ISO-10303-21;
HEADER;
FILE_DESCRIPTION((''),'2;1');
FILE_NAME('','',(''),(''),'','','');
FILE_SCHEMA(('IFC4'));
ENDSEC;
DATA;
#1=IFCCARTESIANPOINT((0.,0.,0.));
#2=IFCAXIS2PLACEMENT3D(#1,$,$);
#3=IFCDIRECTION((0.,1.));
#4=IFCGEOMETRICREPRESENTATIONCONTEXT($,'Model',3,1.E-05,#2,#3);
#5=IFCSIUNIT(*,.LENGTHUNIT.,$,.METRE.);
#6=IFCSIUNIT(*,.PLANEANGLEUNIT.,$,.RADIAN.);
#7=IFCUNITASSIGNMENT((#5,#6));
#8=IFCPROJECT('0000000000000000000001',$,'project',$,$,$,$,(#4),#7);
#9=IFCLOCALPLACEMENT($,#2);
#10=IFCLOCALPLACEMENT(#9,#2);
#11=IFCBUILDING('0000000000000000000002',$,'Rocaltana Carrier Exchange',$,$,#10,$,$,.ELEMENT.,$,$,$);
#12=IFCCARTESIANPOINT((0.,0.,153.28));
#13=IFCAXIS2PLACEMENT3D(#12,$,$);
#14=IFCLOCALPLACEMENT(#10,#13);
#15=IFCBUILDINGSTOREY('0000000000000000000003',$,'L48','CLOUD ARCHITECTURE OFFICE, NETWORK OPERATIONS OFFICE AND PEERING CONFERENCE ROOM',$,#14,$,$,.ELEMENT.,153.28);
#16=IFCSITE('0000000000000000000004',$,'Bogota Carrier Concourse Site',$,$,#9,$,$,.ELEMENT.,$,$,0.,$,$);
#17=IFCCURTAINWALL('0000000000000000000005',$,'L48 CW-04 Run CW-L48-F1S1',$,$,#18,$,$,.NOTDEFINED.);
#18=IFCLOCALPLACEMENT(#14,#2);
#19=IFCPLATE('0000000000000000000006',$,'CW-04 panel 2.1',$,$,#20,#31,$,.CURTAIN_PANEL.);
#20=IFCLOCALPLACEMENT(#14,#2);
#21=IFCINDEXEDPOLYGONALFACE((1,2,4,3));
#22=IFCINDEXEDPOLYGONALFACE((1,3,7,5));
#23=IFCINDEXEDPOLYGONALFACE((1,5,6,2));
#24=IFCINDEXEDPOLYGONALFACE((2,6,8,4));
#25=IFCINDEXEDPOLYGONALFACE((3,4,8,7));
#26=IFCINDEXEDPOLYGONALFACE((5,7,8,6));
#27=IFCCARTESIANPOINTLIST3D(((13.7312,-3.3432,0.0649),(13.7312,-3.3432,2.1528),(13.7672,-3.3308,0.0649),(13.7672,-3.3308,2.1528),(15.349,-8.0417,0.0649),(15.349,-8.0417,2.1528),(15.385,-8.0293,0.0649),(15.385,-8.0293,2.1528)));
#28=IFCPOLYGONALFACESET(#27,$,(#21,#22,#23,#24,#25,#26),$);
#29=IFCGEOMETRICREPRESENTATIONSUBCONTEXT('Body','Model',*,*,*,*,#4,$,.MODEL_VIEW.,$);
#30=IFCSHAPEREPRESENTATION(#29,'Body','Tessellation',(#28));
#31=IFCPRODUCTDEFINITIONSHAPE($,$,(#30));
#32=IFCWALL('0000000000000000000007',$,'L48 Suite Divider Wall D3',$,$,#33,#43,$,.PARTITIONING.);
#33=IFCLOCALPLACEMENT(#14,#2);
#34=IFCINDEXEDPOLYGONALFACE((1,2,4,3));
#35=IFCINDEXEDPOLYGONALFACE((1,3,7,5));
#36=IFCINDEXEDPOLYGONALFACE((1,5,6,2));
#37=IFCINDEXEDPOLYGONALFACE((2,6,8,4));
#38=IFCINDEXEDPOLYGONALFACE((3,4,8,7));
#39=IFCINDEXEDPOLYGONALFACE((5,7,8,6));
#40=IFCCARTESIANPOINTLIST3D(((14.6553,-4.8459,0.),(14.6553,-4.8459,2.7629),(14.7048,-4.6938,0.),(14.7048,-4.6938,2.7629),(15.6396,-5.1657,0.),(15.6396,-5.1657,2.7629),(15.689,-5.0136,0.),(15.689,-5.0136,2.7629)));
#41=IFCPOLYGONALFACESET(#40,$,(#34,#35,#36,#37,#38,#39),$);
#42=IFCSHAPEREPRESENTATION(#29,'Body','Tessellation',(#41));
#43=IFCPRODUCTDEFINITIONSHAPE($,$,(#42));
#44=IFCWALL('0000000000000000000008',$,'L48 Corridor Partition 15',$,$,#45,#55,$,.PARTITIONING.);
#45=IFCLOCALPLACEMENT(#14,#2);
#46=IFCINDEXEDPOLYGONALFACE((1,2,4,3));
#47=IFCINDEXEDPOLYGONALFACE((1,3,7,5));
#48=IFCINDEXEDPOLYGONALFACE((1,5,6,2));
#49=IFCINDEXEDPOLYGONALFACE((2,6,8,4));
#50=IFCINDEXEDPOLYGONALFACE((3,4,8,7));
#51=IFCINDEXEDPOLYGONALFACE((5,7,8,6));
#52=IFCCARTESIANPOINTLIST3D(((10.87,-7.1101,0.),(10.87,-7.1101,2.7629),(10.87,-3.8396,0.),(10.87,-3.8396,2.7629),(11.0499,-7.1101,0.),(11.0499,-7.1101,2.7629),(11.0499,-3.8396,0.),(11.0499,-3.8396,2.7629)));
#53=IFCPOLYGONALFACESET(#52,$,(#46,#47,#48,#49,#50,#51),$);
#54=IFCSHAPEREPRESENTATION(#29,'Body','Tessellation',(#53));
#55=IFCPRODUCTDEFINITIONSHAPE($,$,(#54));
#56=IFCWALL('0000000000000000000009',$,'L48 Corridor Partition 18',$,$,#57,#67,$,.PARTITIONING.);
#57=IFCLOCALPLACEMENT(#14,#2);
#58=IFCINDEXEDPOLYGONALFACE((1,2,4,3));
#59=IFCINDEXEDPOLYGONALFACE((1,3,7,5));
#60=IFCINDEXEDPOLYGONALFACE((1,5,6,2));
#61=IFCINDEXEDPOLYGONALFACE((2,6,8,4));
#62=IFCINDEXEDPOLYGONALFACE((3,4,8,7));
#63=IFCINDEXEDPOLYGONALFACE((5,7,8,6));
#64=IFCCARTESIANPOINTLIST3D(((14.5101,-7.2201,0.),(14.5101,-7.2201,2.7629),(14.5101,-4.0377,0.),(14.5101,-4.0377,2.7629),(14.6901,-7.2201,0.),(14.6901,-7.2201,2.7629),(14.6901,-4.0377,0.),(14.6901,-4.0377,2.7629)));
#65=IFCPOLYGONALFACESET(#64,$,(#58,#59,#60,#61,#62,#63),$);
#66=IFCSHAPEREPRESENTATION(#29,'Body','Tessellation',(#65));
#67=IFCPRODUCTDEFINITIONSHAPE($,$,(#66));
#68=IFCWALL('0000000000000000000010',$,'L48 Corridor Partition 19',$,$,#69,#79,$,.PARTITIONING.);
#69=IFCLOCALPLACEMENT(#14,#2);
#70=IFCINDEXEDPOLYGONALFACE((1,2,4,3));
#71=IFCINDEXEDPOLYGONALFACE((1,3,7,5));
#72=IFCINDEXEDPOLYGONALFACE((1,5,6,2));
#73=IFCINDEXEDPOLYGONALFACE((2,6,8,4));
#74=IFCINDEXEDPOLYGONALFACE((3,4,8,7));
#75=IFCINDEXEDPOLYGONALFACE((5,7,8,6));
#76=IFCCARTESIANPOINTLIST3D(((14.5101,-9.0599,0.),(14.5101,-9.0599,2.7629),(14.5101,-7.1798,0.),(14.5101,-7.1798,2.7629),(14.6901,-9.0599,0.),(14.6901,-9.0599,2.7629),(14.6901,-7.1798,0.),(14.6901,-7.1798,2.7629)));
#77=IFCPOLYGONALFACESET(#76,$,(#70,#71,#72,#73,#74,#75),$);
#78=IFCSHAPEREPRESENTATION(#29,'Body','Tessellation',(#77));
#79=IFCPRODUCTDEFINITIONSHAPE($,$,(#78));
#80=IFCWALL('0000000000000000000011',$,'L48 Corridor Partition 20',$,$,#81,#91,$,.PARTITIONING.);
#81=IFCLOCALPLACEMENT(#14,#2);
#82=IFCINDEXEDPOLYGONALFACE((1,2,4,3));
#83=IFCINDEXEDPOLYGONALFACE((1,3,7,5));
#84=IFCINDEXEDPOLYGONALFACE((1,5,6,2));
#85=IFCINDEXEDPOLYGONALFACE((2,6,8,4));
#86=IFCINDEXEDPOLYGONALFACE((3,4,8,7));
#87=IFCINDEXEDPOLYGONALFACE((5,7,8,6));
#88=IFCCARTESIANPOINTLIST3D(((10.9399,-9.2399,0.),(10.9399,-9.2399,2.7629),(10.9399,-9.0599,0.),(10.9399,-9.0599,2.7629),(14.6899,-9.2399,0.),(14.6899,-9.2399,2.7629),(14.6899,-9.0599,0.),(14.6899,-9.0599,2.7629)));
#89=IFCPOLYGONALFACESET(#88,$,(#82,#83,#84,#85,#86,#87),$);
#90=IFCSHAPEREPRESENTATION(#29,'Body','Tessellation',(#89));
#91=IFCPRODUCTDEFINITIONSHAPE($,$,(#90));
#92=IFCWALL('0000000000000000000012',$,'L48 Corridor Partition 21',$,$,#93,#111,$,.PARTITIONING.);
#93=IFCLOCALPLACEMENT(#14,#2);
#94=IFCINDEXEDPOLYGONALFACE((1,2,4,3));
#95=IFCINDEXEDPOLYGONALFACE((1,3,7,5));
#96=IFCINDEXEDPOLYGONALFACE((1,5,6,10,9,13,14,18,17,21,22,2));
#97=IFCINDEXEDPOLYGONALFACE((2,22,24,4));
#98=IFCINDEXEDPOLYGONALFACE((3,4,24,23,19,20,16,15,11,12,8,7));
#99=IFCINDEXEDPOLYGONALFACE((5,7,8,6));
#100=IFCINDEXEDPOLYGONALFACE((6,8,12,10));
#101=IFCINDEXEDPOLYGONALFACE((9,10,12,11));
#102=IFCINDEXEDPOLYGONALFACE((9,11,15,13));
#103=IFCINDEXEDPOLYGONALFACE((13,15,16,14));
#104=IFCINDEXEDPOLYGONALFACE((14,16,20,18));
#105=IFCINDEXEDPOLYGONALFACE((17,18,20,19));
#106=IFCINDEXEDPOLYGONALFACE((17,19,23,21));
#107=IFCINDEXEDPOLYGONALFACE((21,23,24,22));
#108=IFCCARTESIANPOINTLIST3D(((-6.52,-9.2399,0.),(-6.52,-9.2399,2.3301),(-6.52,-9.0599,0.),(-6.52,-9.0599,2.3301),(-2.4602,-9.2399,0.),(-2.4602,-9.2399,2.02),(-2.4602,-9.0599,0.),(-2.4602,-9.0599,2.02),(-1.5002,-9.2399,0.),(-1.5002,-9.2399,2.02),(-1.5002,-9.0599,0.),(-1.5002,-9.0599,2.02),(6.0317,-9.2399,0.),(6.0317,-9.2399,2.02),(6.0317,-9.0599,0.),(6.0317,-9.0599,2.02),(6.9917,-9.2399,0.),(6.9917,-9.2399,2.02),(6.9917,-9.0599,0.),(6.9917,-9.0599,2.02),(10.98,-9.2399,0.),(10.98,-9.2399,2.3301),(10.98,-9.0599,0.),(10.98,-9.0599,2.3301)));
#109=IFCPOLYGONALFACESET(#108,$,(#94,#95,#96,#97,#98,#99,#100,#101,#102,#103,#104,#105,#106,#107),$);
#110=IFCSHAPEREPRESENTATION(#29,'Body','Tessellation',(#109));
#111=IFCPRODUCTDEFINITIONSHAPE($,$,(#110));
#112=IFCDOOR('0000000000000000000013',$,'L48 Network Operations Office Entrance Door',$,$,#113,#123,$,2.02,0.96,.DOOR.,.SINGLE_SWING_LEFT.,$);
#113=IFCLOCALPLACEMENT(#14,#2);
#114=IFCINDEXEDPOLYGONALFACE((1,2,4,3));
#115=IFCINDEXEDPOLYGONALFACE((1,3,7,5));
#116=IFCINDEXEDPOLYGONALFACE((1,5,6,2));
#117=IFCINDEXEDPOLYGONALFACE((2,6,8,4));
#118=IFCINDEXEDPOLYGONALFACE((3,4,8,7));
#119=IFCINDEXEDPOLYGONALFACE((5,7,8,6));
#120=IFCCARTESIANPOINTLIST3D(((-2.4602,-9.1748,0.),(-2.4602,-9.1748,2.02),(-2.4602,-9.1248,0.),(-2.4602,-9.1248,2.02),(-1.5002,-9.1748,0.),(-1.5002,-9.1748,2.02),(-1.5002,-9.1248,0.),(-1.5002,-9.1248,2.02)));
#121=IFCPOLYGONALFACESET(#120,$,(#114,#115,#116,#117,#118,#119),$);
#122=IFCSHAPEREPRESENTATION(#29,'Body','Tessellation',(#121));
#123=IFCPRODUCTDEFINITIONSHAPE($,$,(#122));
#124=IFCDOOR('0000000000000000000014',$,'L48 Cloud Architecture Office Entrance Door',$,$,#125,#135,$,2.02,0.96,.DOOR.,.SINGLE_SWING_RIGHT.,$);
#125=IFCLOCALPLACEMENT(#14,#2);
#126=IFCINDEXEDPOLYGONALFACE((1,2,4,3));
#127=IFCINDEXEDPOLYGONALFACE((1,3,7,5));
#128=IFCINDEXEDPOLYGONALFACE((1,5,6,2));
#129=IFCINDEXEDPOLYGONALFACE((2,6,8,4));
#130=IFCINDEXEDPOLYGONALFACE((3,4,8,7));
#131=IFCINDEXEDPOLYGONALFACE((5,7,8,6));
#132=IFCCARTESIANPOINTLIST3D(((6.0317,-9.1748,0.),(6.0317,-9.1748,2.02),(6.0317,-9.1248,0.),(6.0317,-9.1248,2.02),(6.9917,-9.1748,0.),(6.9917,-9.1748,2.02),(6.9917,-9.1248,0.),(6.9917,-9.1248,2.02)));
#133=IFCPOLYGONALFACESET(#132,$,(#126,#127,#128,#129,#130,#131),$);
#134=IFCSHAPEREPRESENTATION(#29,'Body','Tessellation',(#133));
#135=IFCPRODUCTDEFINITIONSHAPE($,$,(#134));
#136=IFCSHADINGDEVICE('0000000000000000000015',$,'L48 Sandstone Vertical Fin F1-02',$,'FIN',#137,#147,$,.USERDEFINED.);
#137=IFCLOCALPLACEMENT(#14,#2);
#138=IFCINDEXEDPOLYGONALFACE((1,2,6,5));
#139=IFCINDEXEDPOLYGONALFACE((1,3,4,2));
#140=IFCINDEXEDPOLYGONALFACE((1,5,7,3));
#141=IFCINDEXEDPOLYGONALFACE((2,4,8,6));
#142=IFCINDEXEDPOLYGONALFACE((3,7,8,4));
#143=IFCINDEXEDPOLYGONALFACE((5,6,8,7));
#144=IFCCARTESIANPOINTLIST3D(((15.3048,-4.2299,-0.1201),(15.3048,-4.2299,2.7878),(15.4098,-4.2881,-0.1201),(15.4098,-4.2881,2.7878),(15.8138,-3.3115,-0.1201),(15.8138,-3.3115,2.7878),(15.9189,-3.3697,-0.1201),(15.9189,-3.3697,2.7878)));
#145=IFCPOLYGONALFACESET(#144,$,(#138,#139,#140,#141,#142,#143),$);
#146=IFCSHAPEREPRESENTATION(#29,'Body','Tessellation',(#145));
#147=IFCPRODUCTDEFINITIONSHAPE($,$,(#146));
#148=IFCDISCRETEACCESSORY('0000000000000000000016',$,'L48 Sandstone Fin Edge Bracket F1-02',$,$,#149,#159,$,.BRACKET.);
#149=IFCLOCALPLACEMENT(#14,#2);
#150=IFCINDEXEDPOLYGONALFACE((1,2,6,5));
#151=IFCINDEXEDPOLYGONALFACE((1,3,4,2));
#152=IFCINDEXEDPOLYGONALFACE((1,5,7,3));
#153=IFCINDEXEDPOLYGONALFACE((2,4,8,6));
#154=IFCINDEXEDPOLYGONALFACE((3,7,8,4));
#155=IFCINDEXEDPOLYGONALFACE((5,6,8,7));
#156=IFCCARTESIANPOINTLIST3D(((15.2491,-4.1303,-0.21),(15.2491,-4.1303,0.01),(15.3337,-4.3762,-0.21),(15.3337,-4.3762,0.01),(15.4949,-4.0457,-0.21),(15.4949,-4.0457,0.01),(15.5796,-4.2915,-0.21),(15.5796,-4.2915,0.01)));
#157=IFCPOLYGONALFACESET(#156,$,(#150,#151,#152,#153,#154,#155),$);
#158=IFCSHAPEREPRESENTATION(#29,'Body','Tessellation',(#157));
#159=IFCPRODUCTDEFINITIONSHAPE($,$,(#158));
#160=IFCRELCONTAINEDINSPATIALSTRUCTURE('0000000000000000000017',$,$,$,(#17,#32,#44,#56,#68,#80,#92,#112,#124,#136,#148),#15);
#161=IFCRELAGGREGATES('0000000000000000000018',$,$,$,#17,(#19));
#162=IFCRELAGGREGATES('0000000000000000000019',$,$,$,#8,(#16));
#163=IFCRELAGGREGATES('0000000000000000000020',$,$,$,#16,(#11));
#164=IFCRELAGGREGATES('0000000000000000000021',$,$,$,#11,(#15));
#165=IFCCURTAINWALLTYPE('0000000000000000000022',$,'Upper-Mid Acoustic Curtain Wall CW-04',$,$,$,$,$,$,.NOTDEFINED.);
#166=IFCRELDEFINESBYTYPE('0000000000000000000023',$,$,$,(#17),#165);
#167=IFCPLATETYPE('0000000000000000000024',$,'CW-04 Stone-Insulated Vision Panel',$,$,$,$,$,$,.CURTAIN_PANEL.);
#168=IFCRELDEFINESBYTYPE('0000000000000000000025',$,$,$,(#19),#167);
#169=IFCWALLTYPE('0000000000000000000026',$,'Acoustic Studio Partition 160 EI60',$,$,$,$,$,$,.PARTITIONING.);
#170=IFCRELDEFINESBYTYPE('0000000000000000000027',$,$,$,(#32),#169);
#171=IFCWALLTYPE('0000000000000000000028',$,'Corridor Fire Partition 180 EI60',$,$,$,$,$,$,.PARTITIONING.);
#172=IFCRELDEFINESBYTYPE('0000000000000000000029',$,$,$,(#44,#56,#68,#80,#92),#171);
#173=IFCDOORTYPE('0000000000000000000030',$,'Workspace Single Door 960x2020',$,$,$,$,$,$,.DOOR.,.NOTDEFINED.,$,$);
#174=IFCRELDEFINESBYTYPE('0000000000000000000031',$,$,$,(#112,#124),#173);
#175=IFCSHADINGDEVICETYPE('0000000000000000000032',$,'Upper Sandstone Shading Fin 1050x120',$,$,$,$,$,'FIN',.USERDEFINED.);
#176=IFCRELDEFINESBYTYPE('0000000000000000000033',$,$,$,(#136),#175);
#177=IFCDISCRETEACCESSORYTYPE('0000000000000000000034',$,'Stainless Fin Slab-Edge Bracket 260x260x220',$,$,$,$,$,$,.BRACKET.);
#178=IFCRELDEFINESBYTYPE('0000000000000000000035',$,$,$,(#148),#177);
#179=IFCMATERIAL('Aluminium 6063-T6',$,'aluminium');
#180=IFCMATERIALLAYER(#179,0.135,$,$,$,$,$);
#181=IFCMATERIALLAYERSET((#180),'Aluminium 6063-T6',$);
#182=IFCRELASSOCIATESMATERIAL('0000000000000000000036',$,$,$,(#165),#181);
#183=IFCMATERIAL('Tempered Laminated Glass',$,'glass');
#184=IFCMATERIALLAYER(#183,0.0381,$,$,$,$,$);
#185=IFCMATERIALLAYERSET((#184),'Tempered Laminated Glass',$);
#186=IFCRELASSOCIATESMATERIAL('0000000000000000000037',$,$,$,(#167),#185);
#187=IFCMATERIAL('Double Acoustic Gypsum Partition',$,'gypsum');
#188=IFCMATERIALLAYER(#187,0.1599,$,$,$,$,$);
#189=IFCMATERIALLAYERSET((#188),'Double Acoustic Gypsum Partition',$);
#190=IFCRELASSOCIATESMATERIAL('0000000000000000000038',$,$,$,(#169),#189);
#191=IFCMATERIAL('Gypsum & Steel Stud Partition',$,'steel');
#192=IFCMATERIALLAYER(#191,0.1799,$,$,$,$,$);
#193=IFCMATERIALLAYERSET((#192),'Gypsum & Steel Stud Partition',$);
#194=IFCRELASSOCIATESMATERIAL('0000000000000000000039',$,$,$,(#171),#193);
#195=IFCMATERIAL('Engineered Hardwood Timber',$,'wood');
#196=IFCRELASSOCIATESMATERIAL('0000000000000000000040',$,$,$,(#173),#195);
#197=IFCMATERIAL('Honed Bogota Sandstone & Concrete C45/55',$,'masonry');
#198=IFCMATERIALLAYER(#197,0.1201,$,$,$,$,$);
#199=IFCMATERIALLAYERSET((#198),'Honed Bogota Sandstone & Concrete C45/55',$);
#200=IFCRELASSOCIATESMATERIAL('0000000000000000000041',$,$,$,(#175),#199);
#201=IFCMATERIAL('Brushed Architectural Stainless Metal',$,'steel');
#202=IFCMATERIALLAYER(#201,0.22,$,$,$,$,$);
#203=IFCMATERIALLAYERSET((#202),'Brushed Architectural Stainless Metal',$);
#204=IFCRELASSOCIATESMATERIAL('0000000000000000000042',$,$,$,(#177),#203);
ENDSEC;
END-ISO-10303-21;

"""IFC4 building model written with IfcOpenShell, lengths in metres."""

from ifc_helpers import new_model, si_unit, direction, frame, frame_2d, origin, origin_2d, place, context, subcontext, project, spatial, rectangle, extrude, material, layer, layer_set, type_object, element, fill, aggregate, save


model = new_model("IFC4")

# Units and contexts
model_context = context("Model", 3, precision=1e-05, world=origin(), true_north=direction((0.0, 1.0)))
body_context = subcontext(model_context, "Body", "Model", "MODEL_VIEW")
ifc_project = project(units=[si_unit("LENGTHUNIT", "METRE"), si_unit("PLANEANGLEUNIT", "RADIAN")], contexts=[model_context])

# Site, building, storey
site_placement = place(None, origin())
site = spatial("IfcSite", under=ifc_project, at=site_placement, Name="Bogota Carrier Concourse Site", CompositionType="ELEMENT", RefElevation=0.0)
building_placement = place(site_placement, origin())
building = spatial("IfcBuilding", under=site, at=building_placement, Name="Rocaltana Carrier Exchange", CompositionType="ELEMENT")
storey_placement = place(building_placement, frame((0.0, 0.0, 153.28)))
storey = spatial("IfcBuildingStorey", under=building, at=storey_placement, Name="L48", Description="CLOUD ARCHITECTURE OFFICE, NETWORK OPERATIONS OFFICE AND PEERING CONFERENCE ROOM", CompositionType="ELEMENT", Elevation=153.28)

# Curtain wall
ifc_material_1 = material(Name="Aluminium 6063-T6", Category="aluminium")
ifc_layer_1 = layer(ifc_material_1, 0.135)
ifc_layer_set_1 = layer_set([ifc_layer_1], Name="Aluminium 6063-T6")
curtain_wall_type = type_object("IfcCurtainWallType", Name="Upper-Mid Acoustic Curtain Wall CW-04", PredefinedType="NOTDEFINED", material=ifc_layer_set_1)
curtain_wall_placement = place(storey_placement, origin())
curtain_wall = element("IfcCurtainWall", 1, at=curtain_wall_placement, inside=storey, type_object=curtain_wall_type, Name="L48 CW-04 Run CW-L48-F1S1", PredefinedType="NOTDEFINED")

# Plate
ifc_material_2 = material(Name="Tempered Laminated Glass", Category="glass")
ifc_layer_2 = layer(ifc_material_2, 0.0381)
ifc_layer_set_2 = layer_set([ifc_layer_2], Name="Tempered Laminated Glass")
plate_type = type_object("IfcPlateType", Name="CW-04 Stone-Insulated Vision Panel", PredefinedType="CURTAIN_PANEL", material=ifc_layer_set_2)
plate_placement = place(storey_placement, frame((14.5581, -5.6863, 0.0649), z_axis=(0.0, 0.0, 1.0), x_axis=(-0.325559, 0.945522, 0.0)))
plate = element("IfcPlate", 2, at=plate_placement, type_object=plate_type, Name="CW-04 panel 2.1", PredefinedType="CURTAIN_PANEL", context=body_context, shape_type="SweptSolid", body=[
    extrude(rectangle(XDim=4.9692, YDim=0.0381, at=origin_2d()), origin(), (0.0, 0.0, 1.0), 2.0879),
])
aggregate(curtain_wall, [plate])

# Walls
ifc_material_3 = material(Name="Double Acoustic Gypsum Partition", Category="gypsum")
ifc_layer_3 = layer(ifc_material_3, 0.1599)
ifc_layer_set_3 = layer_set([ifc_layer_3], Name="Double Acoustic Gypsum Partition")
wall_type_1 = type_object("IfcWallType", Name="Acoustic Studio Partition 160 EI60", PredefinedType="PARTITIONING", material=ifc_layer_set_3)
wall_1_placement = place(storey_placement, frame((14.6799, -4.7698, 0.0), z_axis=(0.0, 0.0, 1.0), x_axis=(0.951039, -0.30907, 0.0)))
element("IfcWall", 3, at=wall_1_placement, inside=storey, type_object=wall_type_1, Name="L48 Suite Divider Wall D3", PredefinedType="PARTITIONING", context=body_context, shape_type="SweptSolid", body=[
    extrude(rectangle(XDim=1.0349, YDim=0.1599, at=frame_2d((0.5176, 0.0))), origin(), (0.0, 0.0, 1.0), 2.7629),
])
ifc_material_4 = material(Name="Gypsum & Steel Stud Partition", Category="steel")
ifc_layer_4 = layer(ifc_material_4, 0.1799)
ifc_layer_set_4 = layer_set([ifc_layer_4], Name="Gypsum & Steel Stud Partition")
wall_type_2 = type_object("IfcWallType", Name="Corridor Fire Partition 180 EI60", PredefinedType="PARTITIONING", material=ifc_layer_set_4)
wall_2_placement = place(storey_placement, frame((10.96, -7.1101, 0.0), z_axis=(0.0, 0.0, 1.0), x_axis=(0.0, 1.0, 0.0)))
element("IfcWall", 4, at=wall_2_placement, inside=storey, type_object=wall_type_2, Name="L48 Corridor Partition 15", PredefinedType="PARTITIONING", context=body_context, shape_type="SweptSolid", body=[
    extrude(rectangle(XDim=3.2705, YDim=0.1799, at=frame_2d((1.6353, 0.0))), origin(), (0.0, 0.0, 1.0), 2.7629),
])
wall_3_placement = place(storey_placement, frame((14.6001, -4.0376, 0.0), z_axis=(0.0, 0.0, 1.0), x_axis=(0.0, -1.0, 0.0)))
element("IfcWall", 5, at=wall_3_placement, inside=storey, type_object=wall_type_2, Name="L48 Corridor Partition 18", PredefinedType="PARTITIONING", context=body_context, shape_type="SweptSolid", body=[
    extrude(rectangle(XDim=3.1824, YDim=0.1799, at=frame_2d((1.5913, 0.0))), origin(), (0.0, 0.0, 1.0), 2.7629),
])
wall_4_placement = place(storey_placement, frame((14.6001, -7.1799, 0.0), z_axis=(0.0, 0.0, 1.0), x_axis=(0.0, -1.0, 0.0)))
element("IfcWall", 6, at=wall_4_placement, inside=storey, type_object=wall_type_2, Name="L48 Corridor Partition 19", PredefinedType="PARTITIONING", context=body_context, shape_type="SweptSolid", body=[
    extrude(rectangle(XDim=1.8801, YDim=0.1799, at=frame_2d((0.9399, 0.0))), origin(), (0.0, 0.0, 1.0), 2.7629),
])
wall_5_placement = place(storey_placement, frame((14.6899, -9.1499, 0.0), z_axis=(0.0, 0.0, 1.0), x_axis=(-1.0, 0.0, 0.0)))
element("IfcWall", 7, at=wall_5_placement, inside=storey, type_object=wall_type_2, Name="L48 Corridor Partition 20", PredefinedType="PARTITIONING", context=body_context, shape_type="SweptSolid", body=[
    extrude(rectangle(XDim=3.75, YDim=0.1799, at=frame_2d((1.875, 0.0))), origin(), (0.0, 0.0, 1.0), 2.7629),
])

# Wall, openings, doors
wall_6_placement = place(storey_placement, frame((10.98, -9.1499, 0.0), z_axis=(0.0, 0.0, 1.0), x_axis=(-1.0, 0.0, 0.0)))
wall_6 = element("IfcWall", 8, at=wall_6_placement, inside=storey, type_object=wall_type_2, Name="L48 Corridor Partition 21", PredefinedType="PARTITIONING", context=body_context, shape_type="SweptSolid", body=[
    extrude(rectangle(XDim=17.5, YDim=0.1799, at=frame_2d((8.75, 0.0))), origin(), (0.0, 0.0, 1.0), 2.3301),
])
opening_1_placement = place(wall_6_placement, frame((12.4802, 0.0, 0.0)))
opening_1 = element("IfcOpeningElement", 9, at=opening_1_placement, cuts=wall_6, PredefinedType="OPENING", context=body_context, shape_type="SweptSolid", body=[
    extrude(rectangle(XDim=0.96, YDim=2.02, at=frame_2d((0.48, 1.01))), frame((0.0, 0.0999, 0.0), z_axis=(0.0, -1.0, 0.0), x_axis=(1.0, 0.0, 0.0)), (0.0, 0.0, 1.0), 0.2),
])
opening_2_placement = place(wall_6_placement, frame((3.9883, 0.0, 0.0)))
opening_2 = element("IfcOpeningElement", 10, at=opening_2_placement, cuts=wall_6, PredefinedType="OPENING", context=body_context, shape_type="SweptSolid", body=[
    extrude(rectangle(XDim=0.96, YDim=2.02, at=frame_2d((0.48, 1.01))), frame((0.0, 0.0999, 0.0), z_axis=(0.0, -1.0, 0.0), x_axis=(1.0, 0.0, 0.0)), (0.0, 0.0, 1.0), 0.2),
])
ifc_material_5 = material(Name="Engineered Hardwood Timber", Category="wood")
door_type = type_object("IfcDoorType", Name="Workspace Single Door 960x2020", OperationType="NOTDEFINED", PredefinedType="DOOR", material=ifc_material_5)
door_1_placement = place(opening_1_placement, origin())
door_1 = element("IfcDoor", 11, at=door_1_placement, inside=storey, type_object=door_type, Name="L48 Network Operations Office Entrance Door", OperationType="SINGLE_SWING_LEFT", OverallHeight=2.02, OverallWidth=0.96, PredefinedType="DOOR", context=body_context, shape_type="SweptSolid", body=[
    extrude(rectangle(XDim=0.96, YDim=2.02, at=frame_2d((0.48, 1.01))), frame((0.0, 0.0249, 0.0), z_axis=(0.0, -1.0, 0.0), x_axis=(1.0, 0.0, 0.0)), (0.0, 0.0, 1.0), 0.05),
])
fill(opening_1, door_1)
door_2_placement = place(opening_2_placement, origin())
door_2 = element("IfcDoor", 12, at=door_2_placement, inside=storey, type_object=door_type, Name="L48 Cloud Architecture Office Entrance Door", OperationType="SINGLE_SWING_RIGHT", OverallHeight=2.02, OverallWidth=0.96, PredefinedType="DOOR", context=body_context, shape_type="SweptSolid", body=[
    extrude(rectangle(XDim=0.96, YDim=2.02, at=frame_2d((0.48, 1.01))), frame((0.0, 0.0249, 0.0), z_axis=(0.0, -1.0, 0.0), x_axis=(1.0, 0.0, 0.0)), (0.0, 0.0, 1.0), 0.05),
])
fill(opening_2, door_2)

# Shading device
ifc_material_6 = material(Name="Honed Bogota Sandstone & Concrete C45/55", Category="masonry")
ifc_layer_5 = layer(ifc_material_6, 0.1201)
ifc_layer_set_5 = layer_set([ifc_layer_5], Name="Honed Bogota Sandstone & Concrete C45/55")
shading_device_type = type_object("IfcShadingDeviceType", Name="Upper Sandstone Shading Fin 1050x120", ElementType="FIN", PredefinedType="USERDEFINED", material=ifc_layer_set_5)
shading_device_placement = place(storey_placement, frame((15.6118, -3.7998, -0.1201), z_axis=(0.0, 0.0, 1.0), x_axis=(0.48481, 0.87462, 0.0)))
element("IfcShadingDevice", 13, at=shading_device_placement, inside=storey, type_object=shading_device_type, Name="L48 Sandstone Vertical Fin F1-02", ObjectType="FIN", PredefinedType="USERDEFINED", context=body_context, shape_type="SweptSolid", body=[
    extrude(rectangle(XDim=1.05, YDim=0.1201, at=origin_2d()), origin(), (0.0, 0.0, 1.0), 2.908),
])

# Discrete accessory
ifc_material_7 = material(Name="Brushed Architectural Stainless Metal", Category="steel")
ifc_layer_6 = layer(ifc_material_7, 0.22)
ifc_layer_set_6 = layer_set([ifc_layer_6], Name="Brushed Architectural Stainless Metal")
discrete_accessory_type = type_object("IfcDiscreteAccessoryType", Name="Stainless Fin Slab-Edge Bracket 260x260x220", PredefinedType="BRACKET", material=ifc_layer_set_6)
discrete_accessory_placement = place(storey_placement, frame((15.4143, -4.2109, -0.21), z_axis=(0.0, 0.0, 1.0), x_axis=(-0.325568, 0.945519, 0.0)))
element("IfcDiscreteAccessory", 14, at=discrete_accessory_placement, inside=storey, type_object=discrete_accessory_type, Name="L48 Sandstone Fin Edge Bracket F1-02", PredefinedType="BRACKET", context=body_context, shape_type="SweptSolid", body=[
    extrude(rectangle(XDim=0.26, YDim=0.26, at=origin_2d()), origin(), (0.0, 0.0, 1.0), 0.22),
])

save(model, "model.ifc")
